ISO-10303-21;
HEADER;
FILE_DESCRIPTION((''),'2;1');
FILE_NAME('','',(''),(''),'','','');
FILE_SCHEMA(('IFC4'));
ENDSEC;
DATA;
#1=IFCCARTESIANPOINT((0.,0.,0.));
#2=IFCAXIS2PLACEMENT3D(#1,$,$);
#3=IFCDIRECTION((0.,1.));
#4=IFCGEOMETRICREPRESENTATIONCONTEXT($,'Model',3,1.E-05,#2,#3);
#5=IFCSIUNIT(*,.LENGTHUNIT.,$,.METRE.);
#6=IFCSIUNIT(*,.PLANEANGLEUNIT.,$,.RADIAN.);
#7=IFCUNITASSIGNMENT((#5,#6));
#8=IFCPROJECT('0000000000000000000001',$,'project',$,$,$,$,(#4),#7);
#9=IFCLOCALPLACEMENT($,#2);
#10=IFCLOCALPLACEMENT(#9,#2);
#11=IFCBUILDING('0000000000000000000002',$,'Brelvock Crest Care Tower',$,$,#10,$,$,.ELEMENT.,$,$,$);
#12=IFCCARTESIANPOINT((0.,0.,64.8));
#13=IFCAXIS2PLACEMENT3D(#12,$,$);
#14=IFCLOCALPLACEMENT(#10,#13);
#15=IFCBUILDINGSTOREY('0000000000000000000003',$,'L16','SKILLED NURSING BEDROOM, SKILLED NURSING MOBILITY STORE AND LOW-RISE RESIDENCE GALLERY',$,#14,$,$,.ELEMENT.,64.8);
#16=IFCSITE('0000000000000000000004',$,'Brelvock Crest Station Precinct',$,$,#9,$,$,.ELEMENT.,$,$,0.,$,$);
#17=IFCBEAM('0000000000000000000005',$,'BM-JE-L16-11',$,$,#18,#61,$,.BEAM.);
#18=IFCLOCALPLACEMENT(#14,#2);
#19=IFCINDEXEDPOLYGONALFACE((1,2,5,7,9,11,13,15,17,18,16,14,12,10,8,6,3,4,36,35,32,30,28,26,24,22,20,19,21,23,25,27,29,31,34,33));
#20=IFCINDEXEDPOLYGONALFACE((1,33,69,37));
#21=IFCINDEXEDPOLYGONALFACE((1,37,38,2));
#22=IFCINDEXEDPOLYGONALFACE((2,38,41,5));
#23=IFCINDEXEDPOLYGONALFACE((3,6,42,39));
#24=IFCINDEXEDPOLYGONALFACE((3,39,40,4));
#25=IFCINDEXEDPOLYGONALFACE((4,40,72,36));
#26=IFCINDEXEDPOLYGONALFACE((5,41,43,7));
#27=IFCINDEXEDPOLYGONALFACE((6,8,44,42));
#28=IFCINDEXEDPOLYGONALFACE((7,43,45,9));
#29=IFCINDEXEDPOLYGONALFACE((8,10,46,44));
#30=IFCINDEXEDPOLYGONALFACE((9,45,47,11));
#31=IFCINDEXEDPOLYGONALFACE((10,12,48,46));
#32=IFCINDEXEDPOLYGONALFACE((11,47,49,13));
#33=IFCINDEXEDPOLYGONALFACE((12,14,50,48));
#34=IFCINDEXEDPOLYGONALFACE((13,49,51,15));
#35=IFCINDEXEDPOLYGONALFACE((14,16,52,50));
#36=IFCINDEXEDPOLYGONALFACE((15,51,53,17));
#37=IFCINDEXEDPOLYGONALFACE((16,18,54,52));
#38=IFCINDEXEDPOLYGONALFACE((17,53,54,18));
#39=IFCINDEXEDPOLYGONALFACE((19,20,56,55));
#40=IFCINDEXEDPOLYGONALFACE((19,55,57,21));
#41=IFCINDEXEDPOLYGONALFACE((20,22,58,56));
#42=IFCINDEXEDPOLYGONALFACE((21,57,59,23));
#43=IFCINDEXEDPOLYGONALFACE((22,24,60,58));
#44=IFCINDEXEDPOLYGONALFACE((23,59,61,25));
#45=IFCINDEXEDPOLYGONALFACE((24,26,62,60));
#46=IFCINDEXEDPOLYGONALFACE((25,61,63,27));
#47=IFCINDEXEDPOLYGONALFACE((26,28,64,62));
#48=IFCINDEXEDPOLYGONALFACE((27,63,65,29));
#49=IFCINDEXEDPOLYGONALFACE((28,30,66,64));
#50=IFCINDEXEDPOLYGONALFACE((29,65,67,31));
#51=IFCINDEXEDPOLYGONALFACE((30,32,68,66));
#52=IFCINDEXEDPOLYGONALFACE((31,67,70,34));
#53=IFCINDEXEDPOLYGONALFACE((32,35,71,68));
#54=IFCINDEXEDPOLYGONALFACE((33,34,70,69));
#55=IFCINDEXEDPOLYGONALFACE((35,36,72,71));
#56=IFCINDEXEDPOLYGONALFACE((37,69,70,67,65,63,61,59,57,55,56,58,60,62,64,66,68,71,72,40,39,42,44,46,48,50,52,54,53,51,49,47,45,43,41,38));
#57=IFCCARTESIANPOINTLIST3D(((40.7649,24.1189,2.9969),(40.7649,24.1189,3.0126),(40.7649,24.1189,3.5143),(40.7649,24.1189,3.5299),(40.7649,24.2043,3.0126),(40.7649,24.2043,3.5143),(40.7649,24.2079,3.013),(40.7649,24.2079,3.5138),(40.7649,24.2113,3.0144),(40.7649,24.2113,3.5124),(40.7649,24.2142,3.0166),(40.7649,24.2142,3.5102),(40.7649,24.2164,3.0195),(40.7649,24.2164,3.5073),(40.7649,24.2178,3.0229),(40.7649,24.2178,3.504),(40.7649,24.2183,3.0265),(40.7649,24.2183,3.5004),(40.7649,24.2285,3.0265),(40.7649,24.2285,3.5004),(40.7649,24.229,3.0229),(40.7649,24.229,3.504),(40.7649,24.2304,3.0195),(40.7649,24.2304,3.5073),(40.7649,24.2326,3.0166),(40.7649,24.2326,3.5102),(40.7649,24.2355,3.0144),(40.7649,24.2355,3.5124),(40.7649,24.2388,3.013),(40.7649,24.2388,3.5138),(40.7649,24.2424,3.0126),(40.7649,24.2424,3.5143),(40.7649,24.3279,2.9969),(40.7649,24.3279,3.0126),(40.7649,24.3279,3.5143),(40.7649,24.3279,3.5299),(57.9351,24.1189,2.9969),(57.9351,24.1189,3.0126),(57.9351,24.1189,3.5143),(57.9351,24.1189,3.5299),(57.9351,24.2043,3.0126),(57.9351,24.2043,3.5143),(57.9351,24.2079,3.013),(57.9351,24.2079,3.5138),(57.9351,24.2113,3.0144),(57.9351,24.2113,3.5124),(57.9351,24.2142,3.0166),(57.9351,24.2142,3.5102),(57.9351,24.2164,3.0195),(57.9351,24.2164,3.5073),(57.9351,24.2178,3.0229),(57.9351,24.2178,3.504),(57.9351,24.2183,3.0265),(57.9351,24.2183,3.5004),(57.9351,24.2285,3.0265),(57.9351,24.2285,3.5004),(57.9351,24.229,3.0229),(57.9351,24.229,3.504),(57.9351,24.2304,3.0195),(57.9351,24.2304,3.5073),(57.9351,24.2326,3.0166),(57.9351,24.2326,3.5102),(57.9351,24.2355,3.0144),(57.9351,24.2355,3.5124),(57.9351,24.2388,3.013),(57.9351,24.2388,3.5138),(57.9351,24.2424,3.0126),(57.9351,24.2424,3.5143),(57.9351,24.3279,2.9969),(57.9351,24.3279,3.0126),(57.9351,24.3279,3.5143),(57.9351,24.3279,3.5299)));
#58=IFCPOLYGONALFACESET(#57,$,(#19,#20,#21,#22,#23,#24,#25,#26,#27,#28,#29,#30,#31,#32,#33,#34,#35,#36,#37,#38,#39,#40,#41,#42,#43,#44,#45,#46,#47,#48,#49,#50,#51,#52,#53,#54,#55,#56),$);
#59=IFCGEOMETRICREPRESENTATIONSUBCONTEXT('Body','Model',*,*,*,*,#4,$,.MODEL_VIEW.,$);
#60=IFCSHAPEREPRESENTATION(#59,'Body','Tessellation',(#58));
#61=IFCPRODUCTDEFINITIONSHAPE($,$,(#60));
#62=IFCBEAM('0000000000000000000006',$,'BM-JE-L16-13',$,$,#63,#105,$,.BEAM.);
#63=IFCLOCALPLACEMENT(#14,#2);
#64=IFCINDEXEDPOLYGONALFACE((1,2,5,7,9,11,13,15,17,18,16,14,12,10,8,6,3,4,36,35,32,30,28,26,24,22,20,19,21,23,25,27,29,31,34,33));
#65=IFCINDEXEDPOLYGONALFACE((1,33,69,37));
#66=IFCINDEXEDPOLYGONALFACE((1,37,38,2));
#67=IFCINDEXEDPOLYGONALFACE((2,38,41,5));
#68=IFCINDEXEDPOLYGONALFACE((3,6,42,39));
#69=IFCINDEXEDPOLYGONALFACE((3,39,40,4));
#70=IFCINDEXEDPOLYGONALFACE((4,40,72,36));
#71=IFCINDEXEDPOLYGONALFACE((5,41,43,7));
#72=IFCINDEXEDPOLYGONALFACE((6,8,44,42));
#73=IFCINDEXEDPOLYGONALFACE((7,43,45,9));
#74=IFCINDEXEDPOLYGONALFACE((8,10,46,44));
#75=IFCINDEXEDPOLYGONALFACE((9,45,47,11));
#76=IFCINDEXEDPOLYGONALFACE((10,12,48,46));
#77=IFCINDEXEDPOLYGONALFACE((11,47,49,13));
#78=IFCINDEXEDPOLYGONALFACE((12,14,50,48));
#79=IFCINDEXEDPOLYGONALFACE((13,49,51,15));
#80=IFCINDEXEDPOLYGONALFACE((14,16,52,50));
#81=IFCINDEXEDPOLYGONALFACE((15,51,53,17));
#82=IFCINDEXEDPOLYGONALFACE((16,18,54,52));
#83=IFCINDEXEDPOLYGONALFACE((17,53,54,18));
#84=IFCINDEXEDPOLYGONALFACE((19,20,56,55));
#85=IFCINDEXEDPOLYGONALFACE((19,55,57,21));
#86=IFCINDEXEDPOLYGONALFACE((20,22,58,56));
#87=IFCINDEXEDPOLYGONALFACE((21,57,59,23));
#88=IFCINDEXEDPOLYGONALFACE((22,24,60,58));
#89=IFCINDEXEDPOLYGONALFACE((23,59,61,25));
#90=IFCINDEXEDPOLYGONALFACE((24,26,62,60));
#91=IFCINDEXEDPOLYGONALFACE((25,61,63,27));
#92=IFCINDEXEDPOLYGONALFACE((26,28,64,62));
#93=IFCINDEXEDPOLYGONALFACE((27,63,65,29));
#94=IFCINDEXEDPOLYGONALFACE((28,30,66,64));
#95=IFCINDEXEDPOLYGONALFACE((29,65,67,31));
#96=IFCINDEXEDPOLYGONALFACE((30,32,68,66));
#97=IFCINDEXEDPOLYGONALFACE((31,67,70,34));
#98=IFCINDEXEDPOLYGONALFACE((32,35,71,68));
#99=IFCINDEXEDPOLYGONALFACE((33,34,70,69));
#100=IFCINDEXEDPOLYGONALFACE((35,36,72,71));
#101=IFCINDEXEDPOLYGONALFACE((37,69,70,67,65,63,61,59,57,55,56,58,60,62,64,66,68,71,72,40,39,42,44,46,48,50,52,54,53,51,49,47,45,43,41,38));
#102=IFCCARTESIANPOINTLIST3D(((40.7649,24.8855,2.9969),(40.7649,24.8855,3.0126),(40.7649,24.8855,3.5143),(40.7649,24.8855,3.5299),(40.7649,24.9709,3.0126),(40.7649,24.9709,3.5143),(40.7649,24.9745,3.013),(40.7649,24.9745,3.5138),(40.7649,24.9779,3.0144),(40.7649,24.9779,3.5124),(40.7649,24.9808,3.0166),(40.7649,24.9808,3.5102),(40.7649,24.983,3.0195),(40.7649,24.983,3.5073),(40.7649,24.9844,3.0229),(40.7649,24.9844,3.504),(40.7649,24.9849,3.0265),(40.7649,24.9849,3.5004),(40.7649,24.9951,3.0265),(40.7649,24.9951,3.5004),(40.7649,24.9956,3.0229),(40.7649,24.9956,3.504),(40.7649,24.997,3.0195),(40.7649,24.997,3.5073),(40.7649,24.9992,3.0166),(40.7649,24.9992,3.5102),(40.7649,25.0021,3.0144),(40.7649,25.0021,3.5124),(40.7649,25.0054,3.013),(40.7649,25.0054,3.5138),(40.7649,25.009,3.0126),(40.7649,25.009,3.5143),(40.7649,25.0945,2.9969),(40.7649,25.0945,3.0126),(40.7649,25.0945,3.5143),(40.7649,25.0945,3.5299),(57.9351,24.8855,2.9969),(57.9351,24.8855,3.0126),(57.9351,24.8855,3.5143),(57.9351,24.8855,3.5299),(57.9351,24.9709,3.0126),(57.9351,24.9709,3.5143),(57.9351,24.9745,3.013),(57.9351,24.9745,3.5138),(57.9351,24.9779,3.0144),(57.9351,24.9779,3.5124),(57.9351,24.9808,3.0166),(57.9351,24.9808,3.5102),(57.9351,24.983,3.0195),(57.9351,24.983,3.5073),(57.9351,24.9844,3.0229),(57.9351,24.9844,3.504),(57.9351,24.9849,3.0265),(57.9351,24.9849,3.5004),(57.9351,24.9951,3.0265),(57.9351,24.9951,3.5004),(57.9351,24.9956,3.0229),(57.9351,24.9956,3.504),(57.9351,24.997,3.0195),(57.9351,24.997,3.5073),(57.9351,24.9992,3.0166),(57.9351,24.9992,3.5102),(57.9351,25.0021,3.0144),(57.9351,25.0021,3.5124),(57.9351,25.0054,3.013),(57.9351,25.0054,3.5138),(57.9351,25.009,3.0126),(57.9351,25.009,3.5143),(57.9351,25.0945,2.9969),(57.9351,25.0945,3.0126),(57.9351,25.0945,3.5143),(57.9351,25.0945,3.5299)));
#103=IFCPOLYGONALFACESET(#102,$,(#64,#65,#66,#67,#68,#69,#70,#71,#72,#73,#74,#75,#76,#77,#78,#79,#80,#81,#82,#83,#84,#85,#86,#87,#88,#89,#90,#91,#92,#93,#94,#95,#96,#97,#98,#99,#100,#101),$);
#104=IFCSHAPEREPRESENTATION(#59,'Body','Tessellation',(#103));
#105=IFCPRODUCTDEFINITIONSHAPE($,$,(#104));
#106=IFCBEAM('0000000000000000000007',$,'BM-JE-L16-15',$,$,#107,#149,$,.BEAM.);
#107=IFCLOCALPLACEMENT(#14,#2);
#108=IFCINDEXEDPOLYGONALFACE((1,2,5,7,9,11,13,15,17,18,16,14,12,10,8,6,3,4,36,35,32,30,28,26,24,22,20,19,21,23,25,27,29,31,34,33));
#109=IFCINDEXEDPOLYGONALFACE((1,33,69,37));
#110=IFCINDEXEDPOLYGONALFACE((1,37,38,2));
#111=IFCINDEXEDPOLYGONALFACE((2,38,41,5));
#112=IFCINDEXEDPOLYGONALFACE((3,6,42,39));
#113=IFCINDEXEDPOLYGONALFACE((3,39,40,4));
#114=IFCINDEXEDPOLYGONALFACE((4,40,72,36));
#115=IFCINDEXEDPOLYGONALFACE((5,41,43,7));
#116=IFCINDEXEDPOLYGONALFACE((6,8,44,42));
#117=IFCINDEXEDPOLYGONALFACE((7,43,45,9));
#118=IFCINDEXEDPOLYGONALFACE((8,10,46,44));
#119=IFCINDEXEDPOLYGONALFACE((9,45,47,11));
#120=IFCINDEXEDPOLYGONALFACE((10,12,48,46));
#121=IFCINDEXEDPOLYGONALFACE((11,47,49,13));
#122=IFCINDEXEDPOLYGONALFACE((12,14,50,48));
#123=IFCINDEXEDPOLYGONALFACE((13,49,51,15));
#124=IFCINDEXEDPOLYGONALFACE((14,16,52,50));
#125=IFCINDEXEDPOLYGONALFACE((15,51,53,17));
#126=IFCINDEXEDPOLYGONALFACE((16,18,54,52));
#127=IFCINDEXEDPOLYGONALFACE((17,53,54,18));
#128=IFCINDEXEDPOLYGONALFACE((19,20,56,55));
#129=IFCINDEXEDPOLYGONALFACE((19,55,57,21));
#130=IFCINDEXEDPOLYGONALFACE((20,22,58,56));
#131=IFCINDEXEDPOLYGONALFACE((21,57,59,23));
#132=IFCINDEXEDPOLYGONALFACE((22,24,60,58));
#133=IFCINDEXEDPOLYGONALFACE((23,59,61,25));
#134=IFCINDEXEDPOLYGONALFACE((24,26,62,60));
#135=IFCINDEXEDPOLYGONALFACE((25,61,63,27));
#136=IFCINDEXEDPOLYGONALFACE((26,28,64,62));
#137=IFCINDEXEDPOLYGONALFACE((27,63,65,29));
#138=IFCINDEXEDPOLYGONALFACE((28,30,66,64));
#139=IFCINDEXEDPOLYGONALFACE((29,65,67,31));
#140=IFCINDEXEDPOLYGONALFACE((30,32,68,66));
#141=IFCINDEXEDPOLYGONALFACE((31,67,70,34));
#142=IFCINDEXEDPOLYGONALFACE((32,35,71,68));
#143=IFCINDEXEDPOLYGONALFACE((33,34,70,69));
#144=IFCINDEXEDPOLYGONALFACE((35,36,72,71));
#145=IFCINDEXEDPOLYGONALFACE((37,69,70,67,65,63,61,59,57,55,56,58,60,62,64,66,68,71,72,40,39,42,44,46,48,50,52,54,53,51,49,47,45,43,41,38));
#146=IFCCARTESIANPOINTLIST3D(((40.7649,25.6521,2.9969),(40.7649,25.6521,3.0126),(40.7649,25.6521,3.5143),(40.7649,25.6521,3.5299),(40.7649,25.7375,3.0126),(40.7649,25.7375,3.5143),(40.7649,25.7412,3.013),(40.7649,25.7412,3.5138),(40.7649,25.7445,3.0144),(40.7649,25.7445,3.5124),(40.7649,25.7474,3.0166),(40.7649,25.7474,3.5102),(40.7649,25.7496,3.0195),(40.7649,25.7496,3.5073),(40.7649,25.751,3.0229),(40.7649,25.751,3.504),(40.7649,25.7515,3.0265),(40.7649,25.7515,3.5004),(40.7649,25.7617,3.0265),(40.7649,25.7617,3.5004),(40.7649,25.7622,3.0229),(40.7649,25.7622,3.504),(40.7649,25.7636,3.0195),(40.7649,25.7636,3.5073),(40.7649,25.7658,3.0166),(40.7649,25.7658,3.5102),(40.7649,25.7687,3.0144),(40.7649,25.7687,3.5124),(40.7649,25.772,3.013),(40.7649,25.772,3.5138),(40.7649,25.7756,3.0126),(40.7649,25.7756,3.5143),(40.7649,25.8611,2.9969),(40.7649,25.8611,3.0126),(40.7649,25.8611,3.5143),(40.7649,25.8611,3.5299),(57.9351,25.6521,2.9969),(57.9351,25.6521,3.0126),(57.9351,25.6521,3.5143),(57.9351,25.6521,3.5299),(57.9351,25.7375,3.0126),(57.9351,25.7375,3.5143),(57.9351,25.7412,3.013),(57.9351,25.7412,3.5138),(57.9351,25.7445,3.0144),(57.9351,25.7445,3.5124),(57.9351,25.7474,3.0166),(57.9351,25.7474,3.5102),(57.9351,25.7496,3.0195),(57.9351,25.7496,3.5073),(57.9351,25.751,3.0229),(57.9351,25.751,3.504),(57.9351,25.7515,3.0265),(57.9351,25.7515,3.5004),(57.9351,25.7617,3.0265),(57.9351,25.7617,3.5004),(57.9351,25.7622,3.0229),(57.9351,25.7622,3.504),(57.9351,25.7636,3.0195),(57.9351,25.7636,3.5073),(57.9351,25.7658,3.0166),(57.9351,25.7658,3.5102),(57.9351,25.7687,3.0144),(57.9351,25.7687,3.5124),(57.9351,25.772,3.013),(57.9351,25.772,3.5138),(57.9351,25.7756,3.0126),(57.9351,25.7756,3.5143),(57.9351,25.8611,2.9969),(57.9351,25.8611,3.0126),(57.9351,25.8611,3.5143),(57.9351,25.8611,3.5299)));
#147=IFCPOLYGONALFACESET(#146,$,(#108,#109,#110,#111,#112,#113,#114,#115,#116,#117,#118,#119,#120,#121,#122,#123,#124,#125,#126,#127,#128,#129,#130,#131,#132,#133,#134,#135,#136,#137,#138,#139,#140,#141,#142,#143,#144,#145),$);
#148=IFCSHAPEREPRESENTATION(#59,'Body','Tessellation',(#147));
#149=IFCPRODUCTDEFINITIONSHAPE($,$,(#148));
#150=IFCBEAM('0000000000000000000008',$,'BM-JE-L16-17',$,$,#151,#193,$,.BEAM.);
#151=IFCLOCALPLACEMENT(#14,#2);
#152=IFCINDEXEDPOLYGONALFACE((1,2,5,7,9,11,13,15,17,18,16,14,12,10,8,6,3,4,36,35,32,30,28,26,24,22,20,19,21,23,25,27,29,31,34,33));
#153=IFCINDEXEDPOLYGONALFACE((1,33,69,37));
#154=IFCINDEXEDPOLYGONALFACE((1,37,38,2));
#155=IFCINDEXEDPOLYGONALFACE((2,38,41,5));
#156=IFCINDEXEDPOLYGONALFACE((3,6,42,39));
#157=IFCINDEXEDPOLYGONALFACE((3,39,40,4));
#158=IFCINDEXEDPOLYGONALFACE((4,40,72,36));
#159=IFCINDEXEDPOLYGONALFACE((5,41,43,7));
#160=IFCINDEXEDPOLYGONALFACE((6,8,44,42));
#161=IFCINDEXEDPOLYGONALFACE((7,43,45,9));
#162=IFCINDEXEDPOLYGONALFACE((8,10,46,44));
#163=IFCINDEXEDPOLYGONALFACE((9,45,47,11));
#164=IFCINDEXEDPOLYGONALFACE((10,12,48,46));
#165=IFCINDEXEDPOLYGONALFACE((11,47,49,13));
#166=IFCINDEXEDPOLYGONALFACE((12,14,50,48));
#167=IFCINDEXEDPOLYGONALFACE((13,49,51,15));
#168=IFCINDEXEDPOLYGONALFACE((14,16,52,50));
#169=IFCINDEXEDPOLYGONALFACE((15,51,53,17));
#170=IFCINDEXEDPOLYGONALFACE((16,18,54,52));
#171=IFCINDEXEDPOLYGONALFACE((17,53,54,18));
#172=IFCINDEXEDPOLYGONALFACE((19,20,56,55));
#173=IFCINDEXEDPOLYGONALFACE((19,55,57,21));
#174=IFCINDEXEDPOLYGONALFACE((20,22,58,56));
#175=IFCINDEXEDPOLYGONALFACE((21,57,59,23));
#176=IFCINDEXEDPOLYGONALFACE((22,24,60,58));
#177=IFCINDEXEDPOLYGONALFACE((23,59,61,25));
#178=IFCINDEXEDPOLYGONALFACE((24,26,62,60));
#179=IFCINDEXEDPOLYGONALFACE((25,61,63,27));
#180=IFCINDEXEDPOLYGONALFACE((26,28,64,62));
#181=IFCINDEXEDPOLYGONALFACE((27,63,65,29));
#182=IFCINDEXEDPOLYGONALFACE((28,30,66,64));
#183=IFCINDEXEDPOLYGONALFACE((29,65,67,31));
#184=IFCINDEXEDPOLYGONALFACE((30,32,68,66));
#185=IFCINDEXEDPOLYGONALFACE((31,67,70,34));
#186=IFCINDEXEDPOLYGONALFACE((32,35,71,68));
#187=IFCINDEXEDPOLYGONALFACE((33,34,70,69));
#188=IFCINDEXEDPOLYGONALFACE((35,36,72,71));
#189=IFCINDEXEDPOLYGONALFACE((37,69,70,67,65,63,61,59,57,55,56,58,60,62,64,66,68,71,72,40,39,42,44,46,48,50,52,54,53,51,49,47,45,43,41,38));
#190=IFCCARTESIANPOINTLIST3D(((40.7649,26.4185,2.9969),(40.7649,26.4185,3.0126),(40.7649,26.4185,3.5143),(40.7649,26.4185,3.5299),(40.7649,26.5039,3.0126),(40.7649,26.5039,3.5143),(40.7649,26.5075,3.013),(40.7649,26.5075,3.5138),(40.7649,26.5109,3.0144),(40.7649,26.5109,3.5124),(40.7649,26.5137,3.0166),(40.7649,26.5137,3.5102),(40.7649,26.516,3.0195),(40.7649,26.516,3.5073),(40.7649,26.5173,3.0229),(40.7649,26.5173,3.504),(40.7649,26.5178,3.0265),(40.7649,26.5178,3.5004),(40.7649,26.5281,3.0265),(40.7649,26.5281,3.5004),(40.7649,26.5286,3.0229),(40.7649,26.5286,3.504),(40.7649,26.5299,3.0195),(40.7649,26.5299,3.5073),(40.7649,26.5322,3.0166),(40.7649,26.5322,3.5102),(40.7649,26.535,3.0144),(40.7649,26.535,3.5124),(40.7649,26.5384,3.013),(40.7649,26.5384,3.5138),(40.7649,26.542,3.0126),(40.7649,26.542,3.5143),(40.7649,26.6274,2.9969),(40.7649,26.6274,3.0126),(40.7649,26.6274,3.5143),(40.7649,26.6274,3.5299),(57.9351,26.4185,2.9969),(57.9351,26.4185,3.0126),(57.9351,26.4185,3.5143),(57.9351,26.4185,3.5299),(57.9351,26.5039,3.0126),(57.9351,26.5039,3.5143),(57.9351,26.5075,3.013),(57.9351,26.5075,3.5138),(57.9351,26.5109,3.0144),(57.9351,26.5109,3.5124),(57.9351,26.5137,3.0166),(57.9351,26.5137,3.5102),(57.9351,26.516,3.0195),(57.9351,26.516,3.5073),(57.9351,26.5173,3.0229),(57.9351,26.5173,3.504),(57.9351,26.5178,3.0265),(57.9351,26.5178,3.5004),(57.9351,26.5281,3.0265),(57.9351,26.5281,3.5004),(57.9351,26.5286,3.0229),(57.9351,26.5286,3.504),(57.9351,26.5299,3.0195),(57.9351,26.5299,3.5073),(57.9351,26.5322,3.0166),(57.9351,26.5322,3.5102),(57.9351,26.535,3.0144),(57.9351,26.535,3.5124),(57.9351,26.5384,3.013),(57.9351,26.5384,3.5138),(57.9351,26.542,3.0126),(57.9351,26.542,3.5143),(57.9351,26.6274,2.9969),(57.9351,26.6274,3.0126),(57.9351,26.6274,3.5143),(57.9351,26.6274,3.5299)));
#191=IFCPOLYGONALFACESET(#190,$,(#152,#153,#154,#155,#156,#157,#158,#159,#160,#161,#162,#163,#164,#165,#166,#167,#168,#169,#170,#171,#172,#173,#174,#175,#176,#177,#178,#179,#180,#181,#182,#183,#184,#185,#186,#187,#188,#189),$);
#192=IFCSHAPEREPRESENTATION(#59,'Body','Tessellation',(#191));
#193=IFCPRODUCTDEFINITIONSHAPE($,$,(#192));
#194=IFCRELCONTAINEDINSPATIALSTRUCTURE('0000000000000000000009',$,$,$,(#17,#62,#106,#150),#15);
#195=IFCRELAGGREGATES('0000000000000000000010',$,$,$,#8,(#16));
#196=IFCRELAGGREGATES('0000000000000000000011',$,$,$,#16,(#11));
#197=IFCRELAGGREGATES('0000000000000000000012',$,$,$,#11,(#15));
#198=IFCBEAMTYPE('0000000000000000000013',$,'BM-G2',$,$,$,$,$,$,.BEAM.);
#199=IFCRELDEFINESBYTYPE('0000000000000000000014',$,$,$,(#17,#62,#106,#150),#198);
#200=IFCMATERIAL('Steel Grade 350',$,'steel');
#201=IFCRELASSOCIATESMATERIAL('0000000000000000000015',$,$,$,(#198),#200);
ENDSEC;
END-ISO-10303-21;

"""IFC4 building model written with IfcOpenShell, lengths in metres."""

from ifc_helpers import new_model, si_unit, direction, frame, origin, origin_2d, place, context, subcontext, project, spatial, i_section, extrude, source, transform, mapped, material, material_profile, profile_set, type_object, element, save


model = new_model("IFC4")

# Units and contexts
model_context = context("Model", 3, precision=1e-05, world=origin(), true_north=direction((0.0, 1.0)))
body_context = subcontext(model_context, "Body", "Model", "MODEL_VIEW")
ifc_project = project(units=[si_unit("LENGTHUNIT", "METRE"), si_unit("PLANEANGLEUNIT", "RADIAN")], contexts=[model_context])

# Site, building, storey
site_placement = place(None, origin())
site = spatial("IfcSite", under=ifc_project, at=site_placement, Name="Brelvock Crest Station Precinct", CompositionType="ELEMENT", RefElevation=0.0)
building_placement = place(site_placement, origin())
building = spatial("IfcBuilding", under=site, at=building_placement, Name="Brelvock Crest Care Tower", CompositionType="ELEMENT")
storey_placement = place(building_placement, frame((0.0, 0.0, 64.8)))
storey = spatial("IfcBuildingStorey", under=building, at=storey_placement, Name="L16", Description="SKILLED NURSING BEDROOM, SKILLED NURSING MOBILITY STORE AND LOW-RISE RESIDENCE GALLERY", CompositionType="ELEMENT", Elevation=64.8)

# Beams
ifc_material_1 = material(Name="Steel Grade 350", Category="steel")
ifc_material_profile_1 = material_profile(ifc_material_1, i_section(OverallWidth=0.209, OverallDepth=0.533, WebThickness=0.0103, FlangeThickness=0.0156, FilletRadius=0.0139, at=origin_2d()), Name="530UB92.4")
ifc_profile_set_1 = profile_set([ifc_material_profile_1], Name="Steel Grade 350")
beam_type_1 = type_object("IfcBeamType", Name="BM-G2", PredefinedType="BEAM", material=ifc_profile_set_1)
shared_shape_1 = source(origin(), body_context, "Body", "SweptSolid", [
    extrude(i_section(OverallWidth=0.209, OverallDepth=0.533, WebThickness=0.0103, FlangeThickness=0.0156, FilletRadius=0.0139, at=origin_2d()), origin(), (0.0, 0.0, 1.0), 17.1702),
])
for number, where, z_axis, x_axis, name in (
    (1, (40.7649, 24.2234, 3.2634), (1.0, 0.0, 0.0), (0.0, 1.0, 0.0), "BM-JE-L16-11"),
    (2, (40.7649, 24.99, 3.2634), (1.0, 0.0, 0.0), (0.0, 1.0, 0.0), "BM-JE-L16-13"),
    (3, (40.7649, 25.7566, 3.2634), (1.0, 0.0, 0.0), (0.0, 1.0, 0.0), "BM-JE-L16-15"),
    (4, (40.7649, 26.5229, 3.2634), (1.0, 0.0, 0.0), (0.0, 1.0, 0.0), "BM-JE-L16-17"),
):
    element("IfcBeam", number, at=place(storey_placement, frame(where, z_axis=z_axis, x_axis=x_axis)), inside=storey, type_object=beam_type_1, Name=name, PredefinedType="BEAM", context=body_context, shape_type="MappedRepresentation", body=[
        mapped(shared_shape_1, transform((0.0, 0.0, 0.0), x_axis=(1.0, 0.0, 0.0), y_axis=(0.0, 1.0, 0.0), z_axis=(0.0, 0.0, 1.0), scale=1.0)),
    ])

save(model, "model.ifc")
